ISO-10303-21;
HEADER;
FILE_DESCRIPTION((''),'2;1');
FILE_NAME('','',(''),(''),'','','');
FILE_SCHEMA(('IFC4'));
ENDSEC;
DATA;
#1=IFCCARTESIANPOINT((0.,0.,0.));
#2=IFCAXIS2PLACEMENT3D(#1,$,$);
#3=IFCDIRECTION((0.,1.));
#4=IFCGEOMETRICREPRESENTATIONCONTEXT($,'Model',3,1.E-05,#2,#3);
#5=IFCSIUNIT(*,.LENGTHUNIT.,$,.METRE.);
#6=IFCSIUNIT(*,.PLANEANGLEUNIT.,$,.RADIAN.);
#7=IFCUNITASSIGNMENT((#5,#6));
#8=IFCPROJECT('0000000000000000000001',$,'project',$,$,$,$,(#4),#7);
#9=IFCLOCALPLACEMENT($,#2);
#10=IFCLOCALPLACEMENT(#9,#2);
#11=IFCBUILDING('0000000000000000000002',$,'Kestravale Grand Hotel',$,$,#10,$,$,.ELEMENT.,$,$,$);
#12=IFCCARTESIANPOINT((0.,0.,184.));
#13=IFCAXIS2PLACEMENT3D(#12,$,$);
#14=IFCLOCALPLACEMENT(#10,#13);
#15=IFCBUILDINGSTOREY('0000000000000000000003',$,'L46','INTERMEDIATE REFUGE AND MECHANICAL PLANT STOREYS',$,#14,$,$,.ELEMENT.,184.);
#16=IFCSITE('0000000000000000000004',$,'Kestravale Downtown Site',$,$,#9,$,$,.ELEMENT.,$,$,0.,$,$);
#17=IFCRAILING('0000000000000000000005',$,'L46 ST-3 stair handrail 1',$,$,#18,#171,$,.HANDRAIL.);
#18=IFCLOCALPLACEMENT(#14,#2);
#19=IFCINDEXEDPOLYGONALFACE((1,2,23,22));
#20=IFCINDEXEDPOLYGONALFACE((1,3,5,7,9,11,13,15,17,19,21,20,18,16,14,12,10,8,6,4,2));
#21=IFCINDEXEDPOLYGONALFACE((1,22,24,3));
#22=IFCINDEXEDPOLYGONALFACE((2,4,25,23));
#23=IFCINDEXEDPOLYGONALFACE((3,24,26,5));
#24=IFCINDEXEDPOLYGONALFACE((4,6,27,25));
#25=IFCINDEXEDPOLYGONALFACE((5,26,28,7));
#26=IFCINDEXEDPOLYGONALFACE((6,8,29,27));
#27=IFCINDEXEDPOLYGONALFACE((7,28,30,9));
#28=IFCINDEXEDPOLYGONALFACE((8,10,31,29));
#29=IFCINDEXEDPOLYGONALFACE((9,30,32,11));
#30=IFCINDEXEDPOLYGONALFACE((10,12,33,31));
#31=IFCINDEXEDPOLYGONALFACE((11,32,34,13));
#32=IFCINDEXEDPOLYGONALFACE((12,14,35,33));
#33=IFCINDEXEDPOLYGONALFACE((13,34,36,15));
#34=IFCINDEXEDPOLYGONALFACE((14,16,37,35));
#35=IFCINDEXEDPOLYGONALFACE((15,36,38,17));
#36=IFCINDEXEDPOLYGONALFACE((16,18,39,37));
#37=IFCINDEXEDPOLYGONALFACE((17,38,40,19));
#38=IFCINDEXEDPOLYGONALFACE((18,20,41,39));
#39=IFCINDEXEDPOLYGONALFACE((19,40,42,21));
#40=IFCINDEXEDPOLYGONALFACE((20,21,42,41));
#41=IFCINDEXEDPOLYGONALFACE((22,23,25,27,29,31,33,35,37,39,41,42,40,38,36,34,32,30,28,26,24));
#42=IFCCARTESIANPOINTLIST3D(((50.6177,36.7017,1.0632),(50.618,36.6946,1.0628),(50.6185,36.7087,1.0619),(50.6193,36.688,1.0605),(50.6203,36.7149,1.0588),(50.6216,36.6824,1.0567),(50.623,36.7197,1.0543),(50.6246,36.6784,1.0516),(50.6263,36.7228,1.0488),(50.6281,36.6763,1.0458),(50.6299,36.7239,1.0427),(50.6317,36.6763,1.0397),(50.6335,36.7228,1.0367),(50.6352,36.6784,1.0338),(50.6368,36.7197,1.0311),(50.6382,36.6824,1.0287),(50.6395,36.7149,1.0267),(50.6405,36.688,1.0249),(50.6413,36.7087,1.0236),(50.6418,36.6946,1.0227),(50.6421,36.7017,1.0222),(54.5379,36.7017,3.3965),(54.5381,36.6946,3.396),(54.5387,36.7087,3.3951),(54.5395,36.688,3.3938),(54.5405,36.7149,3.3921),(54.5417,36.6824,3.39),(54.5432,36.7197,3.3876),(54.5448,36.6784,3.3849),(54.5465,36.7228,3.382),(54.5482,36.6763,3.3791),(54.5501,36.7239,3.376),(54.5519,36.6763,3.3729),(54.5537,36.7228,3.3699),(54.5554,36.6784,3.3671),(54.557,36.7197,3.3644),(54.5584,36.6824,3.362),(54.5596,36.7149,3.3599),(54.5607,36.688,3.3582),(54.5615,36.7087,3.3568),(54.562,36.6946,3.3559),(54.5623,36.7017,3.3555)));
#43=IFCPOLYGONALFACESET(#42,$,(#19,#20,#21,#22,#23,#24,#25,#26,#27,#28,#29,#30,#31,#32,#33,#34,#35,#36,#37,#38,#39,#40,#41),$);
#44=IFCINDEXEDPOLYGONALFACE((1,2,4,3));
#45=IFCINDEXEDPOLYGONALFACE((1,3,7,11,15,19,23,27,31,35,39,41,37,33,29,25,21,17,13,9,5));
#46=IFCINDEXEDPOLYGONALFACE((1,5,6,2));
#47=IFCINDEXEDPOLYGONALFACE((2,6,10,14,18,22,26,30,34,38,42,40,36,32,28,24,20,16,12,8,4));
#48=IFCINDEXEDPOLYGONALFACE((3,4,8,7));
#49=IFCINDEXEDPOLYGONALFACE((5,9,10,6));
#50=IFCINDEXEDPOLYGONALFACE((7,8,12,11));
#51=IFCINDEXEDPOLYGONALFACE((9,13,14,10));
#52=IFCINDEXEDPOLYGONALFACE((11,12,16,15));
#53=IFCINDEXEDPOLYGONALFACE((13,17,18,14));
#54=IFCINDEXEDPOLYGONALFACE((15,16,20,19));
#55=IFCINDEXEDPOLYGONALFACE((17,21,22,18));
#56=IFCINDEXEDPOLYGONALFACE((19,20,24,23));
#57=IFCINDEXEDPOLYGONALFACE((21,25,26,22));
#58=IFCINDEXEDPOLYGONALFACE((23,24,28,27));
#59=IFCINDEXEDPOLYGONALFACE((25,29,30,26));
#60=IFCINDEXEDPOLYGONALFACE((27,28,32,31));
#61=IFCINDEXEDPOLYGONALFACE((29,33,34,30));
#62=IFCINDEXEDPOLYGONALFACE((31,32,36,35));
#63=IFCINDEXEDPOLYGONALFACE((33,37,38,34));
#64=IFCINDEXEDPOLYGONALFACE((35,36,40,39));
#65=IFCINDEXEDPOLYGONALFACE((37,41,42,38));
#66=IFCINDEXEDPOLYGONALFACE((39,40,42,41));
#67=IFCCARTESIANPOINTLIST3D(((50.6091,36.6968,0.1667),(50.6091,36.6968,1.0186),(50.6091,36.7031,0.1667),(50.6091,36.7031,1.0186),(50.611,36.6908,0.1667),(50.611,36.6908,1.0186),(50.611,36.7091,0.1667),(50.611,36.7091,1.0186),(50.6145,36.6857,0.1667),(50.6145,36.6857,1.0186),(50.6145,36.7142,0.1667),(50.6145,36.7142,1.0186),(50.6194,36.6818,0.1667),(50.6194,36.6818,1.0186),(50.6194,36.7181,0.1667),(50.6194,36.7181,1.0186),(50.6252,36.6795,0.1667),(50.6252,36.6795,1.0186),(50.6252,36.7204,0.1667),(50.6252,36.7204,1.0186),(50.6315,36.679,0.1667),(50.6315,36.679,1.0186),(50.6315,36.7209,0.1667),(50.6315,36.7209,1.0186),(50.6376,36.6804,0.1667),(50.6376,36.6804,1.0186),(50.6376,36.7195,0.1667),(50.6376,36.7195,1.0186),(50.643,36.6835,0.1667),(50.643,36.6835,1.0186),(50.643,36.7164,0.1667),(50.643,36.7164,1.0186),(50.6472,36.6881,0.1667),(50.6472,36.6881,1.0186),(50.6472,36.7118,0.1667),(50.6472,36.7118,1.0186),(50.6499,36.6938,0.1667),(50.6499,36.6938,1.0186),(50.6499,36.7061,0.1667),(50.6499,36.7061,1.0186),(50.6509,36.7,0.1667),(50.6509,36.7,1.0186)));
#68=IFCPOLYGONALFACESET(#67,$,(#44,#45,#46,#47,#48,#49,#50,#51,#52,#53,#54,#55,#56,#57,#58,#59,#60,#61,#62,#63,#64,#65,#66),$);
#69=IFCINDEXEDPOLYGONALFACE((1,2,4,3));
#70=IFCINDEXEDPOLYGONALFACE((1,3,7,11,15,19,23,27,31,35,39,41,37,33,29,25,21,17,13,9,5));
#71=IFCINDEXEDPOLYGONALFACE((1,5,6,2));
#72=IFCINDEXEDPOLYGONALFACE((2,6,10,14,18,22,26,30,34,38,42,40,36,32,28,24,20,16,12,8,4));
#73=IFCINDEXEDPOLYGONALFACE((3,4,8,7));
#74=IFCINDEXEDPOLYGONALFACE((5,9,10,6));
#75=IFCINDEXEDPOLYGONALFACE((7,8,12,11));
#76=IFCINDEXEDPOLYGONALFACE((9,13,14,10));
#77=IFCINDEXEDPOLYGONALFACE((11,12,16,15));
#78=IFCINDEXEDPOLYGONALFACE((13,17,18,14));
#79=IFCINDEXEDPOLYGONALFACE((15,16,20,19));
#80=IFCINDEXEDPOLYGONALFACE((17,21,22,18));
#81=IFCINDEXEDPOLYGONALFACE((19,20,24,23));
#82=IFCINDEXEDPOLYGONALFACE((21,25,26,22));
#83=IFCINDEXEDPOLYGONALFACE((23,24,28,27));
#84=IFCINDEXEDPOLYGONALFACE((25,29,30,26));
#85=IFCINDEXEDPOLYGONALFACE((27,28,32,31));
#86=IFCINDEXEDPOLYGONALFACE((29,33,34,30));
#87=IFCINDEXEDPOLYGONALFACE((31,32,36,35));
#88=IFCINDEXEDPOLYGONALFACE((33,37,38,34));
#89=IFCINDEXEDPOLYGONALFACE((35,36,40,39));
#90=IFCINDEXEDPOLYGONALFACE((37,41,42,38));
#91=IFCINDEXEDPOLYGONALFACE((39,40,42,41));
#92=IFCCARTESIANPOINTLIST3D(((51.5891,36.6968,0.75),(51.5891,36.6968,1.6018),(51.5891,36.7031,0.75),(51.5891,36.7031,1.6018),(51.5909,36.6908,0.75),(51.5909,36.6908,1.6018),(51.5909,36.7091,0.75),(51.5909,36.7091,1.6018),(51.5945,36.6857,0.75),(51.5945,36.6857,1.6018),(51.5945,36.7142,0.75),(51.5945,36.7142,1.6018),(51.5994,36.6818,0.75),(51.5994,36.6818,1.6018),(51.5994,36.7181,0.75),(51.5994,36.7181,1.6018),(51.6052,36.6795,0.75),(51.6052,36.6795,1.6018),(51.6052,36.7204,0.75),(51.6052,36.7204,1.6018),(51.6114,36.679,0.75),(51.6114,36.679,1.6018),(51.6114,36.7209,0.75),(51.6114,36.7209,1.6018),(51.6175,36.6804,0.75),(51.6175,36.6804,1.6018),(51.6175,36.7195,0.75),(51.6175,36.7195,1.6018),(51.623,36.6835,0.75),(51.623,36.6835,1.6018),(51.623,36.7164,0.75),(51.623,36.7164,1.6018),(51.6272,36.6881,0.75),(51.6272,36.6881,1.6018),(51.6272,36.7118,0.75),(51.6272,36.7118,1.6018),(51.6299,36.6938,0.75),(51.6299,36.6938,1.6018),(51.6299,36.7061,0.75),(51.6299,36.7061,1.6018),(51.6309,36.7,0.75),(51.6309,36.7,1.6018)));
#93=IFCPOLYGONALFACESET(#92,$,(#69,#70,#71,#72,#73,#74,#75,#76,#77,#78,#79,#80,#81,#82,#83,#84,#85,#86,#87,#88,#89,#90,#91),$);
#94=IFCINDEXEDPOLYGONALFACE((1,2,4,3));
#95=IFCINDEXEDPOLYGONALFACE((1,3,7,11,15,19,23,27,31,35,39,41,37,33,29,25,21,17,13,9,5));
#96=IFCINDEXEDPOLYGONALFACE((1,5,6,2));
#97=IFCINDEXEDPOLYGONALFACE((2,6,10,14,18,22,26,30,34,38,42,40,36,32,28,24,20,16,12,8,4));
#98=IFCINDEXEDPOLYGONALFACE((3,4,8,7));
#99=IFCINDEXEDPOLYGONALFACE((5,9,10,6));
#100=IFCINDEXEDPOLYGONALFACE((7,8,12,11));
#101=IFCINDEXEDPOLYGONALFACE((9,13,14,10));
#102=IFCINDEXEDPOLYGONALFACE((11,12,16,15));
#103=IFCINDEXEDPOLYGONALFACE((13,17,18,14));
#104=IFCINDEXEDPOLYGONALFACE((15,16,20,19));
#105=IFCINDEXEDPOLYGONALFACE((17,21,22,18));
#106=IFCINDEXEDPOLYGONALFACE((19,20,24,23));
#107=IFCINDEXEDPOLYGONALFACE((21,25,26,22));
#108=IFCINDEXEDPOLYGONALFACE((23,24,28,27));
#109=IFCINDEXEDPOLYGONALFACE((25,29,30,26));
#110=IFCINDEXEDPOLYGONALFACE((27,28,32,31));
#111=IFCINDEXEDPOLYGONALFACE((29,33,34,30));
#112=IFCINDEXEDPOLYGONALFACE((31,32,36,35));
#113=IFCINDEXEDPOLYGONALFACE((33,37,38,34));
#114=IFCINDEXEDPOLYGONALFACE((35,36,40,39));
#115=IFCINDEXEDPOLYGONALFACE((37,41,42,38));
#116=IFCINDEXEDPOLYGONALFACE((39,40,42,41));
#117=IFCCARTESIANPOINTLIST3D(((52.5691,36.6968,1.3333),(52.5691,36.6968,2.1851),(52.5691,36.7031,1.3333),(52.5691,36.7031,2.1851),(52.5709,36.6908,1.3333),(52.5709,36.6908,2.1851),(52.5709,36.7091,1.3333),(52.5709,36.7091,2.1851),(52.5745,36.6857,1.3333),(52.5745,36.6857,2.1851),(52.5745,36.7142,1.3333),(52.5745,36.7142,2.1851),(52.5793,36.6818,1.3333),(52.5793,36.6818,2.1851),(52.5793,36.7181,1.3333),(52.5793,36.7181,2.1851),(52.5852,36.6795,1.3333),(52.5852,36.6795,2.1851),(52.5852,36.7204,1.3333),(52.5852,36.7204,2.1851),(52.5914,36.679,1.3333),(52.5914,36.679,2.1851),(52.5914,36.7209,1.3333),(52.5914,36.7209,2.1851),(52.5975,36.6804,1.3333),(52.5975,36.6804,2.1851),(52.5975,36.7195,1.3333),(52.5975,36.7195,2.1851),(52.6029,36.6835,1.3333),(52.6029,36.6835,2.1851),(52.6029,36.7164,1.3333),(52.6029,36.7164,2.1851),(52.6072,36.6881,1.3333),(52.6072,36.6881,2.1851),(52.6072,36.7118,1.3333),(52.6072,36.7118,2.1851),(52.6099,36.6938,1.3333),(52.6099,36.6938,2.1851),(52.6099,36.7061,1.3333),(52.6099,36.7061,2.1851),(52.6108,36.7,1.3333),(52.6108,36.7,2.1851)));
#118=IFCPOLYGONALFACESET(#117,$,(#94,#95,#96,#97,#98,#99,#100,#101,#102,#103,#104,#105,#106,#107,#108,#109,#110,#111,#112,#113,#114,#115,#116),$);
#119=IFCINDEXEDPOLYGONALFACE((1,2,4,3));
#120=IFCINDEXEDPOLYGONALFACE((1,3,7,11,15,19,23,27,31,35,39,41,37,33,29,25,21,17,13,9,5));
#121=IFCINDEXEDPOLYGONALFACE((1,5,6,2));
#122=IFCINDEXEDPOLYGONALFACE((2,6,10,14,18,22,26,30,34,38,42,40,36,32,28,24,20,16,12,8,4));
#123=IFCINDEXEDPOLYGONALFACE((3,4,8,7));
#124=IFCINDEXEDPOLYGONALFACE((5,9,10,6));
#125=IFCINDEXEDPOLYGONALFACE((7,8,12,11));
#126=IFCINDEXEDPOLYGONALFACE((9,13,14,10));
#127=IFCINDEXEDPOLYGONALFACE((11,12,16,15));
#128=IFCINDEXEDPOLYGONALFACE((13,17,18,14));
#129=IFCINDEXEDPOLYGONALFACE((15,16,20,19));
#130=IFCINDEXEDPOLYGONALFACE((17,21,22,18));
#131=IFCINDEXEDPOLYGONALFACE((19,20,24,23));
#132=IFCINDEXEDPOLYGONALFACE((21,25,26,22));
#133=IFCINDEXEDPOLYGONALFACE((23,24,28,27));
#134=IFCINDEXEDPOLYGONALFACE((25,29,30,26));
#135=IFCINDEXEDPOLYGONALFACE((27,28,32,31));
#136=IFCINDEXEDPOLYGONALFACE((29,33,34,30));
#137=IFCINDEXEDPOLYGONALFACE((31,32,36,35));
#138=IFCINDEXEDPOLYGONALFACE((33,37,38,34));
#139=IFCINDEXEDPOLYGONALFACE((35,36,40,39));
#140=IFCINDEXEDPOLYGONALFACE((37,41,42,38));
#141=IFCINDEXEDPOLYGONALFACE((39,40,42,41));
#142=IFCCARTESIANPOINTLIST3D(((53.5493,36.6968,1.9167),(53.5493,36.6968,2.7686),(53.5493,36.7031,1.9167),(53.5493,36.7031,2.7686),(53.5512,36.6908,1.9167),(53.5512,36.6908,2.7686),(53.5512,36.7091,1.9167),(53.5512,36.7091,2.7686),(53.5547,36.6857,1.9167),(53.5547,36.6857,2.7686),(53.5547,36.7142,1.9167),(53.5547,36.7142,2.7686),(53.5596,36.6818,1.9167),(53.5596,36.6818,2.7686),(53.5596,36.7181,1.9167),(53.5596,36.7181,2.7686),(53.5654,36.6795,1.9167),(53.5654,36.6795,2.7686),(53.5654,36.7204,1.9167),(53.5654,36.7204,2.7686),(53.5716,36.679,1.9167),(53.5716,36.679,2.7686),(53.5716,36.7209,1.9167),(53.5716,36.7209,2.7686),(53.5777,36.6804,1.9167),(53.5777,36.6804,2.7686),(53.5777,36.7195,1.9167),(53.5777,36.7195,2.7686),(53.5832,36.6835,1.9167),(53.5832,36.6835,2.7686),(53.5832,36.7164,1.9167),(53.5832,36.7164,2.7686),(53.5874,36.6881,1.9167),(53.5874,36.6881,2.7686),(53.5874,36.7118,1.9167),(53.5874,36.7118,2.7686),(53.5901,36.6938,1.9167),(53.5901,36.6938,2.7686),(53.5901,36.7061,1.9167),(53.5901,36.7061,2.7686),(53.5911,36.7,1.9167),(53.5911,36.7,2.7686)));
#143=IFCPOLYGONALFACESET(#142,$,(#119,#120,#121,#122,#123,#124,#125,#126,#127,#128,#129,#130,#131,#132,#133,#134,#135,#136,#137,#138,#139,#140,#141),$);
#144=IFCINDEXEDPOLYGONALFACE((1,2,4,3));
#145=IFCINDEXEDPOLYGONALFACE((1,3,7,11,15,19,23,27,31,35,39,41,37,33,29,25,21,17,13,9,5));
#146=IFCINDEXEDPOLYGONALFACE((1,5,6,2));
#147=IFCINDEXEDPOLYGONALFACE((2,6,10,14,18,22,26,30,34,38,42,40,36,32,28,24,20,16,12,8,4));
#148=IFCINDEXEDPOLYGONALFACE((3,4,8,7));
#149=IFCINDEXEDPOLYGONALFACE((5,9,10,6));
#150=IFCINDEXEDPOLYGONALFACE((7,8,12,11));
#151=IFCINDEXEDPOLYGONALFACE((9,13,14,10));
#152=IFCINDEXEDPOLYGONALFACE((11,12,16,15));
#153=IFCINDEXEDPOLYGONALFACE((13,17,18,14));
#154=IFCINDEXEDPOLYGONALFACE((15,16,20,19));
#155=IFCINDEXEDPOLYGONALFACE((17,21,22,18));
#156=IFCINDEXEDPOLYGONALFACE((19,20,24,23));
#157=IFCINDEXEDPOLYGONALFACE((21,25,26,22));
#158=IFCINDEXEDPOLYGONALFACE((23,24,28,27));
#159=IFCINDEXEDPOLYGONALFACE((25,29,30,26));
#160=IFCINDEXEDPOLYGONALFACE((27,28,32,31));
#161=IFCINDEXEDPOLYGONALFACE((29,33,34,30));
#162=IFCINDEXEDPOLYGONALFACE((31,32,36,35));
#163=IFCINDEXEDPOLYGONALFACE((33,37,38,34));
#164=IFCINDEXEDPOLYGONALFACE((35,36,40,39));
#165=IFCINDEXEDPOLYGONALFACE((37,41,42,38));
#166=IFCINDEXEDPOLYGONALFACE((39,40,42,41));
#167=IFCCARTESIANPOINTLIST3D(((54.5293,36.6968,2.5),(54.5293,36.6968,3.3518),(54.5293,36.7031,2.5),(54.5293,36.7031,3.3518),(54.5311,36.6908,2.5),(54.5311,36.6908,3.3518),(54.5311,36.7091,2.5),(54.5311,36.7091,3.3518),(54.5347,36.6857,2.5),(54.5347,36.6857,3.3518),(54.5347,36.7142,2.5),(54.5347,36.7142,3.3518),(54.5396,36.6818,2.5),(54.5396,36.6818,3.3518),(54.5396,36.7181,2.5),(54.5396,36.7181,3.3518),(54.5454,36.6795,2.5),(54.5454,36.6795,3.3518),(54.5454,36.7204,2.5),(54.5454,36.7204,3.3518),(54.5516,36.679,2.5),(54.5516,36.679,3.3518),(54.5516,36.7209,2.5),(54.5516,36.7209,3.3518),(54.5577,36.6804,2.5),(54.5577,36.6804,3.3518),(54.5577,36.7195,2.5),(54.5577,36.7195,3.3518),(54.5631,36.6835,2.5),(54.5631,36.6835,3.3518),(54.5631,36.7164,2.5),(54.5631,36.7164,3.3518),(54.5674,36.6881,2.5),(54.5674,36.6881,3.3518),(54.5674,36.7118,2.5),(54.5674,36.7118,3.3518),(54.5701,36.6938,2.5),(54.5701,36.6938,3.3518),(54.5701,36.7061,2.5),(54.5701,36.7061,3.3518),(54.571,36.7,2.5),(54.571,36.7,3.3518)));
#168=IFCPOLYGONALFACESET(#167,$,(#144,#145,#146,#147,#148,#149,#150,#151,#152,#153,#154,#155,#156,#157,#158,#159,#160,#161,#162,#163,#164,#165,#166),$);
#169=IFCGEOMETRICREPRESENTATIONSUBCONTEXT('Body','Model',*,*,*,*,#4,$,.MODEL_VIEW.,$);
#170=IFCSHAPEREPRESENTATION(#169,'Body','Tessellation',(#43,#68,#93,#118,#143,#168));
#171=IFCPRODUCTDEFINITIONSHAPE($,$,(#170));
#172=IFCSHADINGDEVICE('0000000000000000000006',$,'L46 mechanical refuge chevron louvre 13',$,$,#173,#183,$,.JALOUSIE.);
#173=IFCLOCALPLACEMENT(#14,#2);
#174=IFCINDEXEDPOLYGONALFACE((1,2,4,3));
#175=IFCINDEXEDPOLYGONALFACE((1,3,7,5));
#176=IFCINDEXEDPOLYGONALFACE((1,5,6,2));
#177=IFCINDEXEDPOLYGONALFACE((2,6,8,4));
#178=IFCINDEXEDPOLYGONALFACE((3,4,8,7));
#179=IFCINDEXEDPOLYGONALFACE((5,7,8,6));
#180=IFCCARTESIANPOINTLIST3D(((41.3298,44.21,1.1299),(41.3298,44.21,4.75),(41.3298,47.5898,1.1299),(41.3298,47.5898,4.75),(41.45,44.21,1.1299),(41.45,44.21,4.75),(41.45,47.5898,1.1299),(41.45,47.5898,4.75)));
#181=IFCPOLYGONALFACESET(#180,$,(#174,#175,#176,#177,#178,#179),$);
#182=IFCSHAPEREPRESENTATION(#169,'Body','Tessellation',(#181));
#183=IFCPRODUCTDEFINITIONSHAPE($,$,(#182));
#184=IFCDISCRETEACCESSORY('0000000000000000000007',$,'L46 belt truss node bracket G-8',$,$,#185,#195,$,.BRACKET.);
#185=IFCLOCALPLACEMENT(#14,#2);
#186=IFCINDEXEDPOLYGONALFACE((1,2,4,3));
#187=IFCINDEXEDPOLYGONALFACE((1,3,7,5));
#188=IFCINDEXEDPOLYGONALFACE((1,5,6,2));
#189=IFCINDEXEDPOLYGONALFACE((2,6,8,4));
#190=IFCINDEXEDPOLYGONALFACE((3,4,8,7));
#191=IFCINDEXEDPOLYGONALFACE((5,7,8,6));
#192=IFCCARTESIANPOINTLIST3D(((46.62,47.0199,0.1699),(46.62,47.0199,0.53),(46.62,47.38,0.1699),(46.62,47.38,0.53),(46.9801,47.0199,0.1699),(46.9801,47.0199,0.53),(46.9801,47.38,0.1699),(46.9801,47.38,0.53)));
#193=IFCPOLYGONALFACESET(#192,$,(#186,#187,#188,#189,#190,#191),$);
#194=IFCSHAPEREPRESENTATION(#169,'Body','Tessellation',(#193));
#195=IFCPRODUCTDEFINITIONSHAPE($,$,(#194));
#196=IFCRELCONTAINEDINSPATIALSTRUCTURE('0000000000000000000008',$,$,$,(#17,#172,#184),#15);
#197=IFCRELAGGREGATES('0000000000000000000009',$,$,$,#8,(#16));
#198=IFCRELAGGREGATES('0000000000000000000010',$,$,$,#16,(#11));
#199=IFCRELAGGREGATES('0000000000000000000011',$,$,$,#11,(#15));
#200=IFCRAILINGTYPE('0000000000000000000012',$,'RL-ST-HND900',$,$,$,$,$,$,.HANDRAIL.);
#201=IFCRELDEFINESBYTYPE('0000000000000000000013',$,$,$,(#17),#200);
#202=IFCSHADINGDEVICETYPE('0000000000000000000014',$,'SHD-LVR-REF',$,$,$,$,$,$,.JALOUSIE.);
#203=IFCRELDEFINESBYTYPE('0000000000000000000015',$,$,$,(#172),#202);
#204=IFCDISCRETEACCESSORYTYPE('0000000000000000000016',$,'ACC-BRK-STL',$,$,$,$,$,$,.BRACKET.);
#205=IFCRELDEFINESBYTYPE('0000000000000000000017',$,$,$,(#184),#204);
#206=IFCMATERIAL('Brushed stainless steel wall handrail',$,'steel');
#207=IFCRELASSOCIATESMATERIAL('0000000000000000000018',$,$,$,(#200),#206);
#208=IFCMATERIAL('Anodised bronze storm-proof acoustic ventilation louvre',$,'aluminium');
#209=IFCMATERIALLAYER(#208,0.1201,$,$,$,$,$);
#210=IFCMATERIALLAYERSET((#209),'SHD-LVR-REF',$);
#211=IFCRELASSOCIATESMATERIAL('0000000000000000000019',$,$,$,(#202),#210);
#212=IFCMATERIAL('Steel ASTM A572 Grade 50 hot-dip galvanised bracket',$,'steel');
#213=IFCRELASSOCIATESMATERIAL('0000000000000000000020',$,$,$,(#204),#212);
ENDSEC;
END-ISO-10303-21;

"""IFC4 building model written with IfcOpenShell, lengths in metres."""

from ifc_helpers import new_model, si_unit, direction, frame, origin, origin_2d, place, context, subcontext, project, spatial, rectangle, circle, extrude, material, layer, layer_set, type_object, element, save


model = new_model("IFC4")

# Units and contexts
model_context = context("Model", 3, precision=1e-05, world=origin(), true_north=direction((0.0, 1.0)))
body_context = subcontext(model_context, "Body", "Model", "MODEL_VIEW")
ifc_project = project(units=[si_unit("LENGTHUNIT", "METRE"), si_unit("PLANEANGLEUNIT", "RADIAN")], contexts=[model_context])

# Site, building, storey
site_placement = place(None, origin())
site = spatial("IfcSite", under=ifc_project, at=site_placement, Name="Kestravale Downtown Site", CompositionType="ELEMENT", RefElevation=0.0)
building_placement = place(site_placement, origin())
building = spatial("IfcBuilding", under=site, at=building_placement, Name="Kestravale Grand Hotel", CompositionType="ELEMENT")
storey_placement = place(building_placement, frame((0.0, 0.0, 184.0)))
storey = spatial("IfcBuildingStorey", under=building, at=storey_placement, Name="L46", Description="INTERMEDIATE REFUGE AND MECHANICAL PLANT STOREYS", CompositionType="ELEMENT", Elevation=184.0)

# Railing
ifc_material_1 = material(Name="Brushed stainless steel wall handrail", Category="steel")
railing_type_1 = type_object("IfcRailingType", Name="RL-ST-HND900", PredefinedType="HANDRAIL", material=ifc_material_1)
railing_1_placement = place(storey_placement, frame((50.6299, 36.7, 0.1667)))
element("IfcRailing", 1, at=railing_1_placement, inside=storey, type_object=railing_type_1, Name="L46 ST-3 stair handrail 1", PredefinedType="HANDRAIL", context=body_context, shape_type="SweptSolid", body=[
    extrude(circle(Radius=0.0239, at=origin_2d()), frame((0.0, 0.0, 0.876), z_axis=(0.85931, 0.0, 0.511455), x_axis=(0.0, 1.0, 0.0)), (0.0, 0.0, 1.0), 4.562),
    extrude(circle(Radius=0.021, at=origin_2d()), origin(), (0.0, 0.0, 1.0), 0.8518),
    extrude(circle(Radius=0.021, at=origin_2d()), frame((0.98, 0.0, 0.5833)), (0.0, 0.0, 1.0), 0.8518),
    extrude(circle(Radius=0.021, at=origin_2d()), frame((1.96, 0.0, 1.1665)), (0.0, 0.0, 1.0), 0.8518),
    extrude(circle(Radius=0.021, at=origin_2d()), frame((2.9402, 0.0, 1.75)), (0.0, 0.0, 1.0), 0.8518),
    extrude(circle(Radius=0.021, at=origin_2d()), frame((3.9202, 0.0, 2.3333)), (0.0, 0.0, 1.0), 0.8518),
])

# Shading device
ifc_material_2 = material(Name="Anodised bronze storm-proof acoustic ventilation louvre", Category="aluminium")
ifc_layer_1 = layer(ifc_material_2, 0.1201)
ifc_layer_set_1 = layer_set([ifc_layer_1], Name="SHD-LVR-REF")
shading_device_type = type_object("IfcShadingDeviceType", Name="SHD-LVR-REF", PredefinedType="JALOUSIE", material=ifc_layer_set_1)
shading_device_placement = place(storey_placement, frame((41.3899, 45.8999, 1.1299), z_axis=(0.0, 0.0, 1.0), x_axis=(0.0, -1.0, 0.0)))
element("IfcShadingDevice", 2, at=shading_device_placement, inside=storey, type_object=shading_device_type, Name="L46 mechanical refuge chevron louvre 13", PredefinedType="JALOUSIE", context=body_context, shape_type="SweptSolid", body=[
    extrude(rectangle(XDim=3.3799, YDim=0.1201, at=origin_2d()), origin(), (0.0, 0.0, 1.0), 3.6201),
])

# Discrete accessory
ifc_material_3 = material(Name="Steel ASTM A572 Grade 50 hot-dip galvanised bracket", Category="steel")
discrete_accessory_type = type_object("IfcDiscreteAccessoryType", Name="ACC-BRK-STL", PredefinedType="BRACKET", material=ifc_material_3)
discrete_accessory_placement = place(storey_placement, frame((46.8, 47.2, 0.1699), z_axis=(0.0, 0.0, 1.0), x_axis=(1.0, 0.0, 0.0)))
element("IfcDiscreteAccessory", 3, at=discrete_accessory_placement, inside=storey, type_object=discrete_accessory_type, Name="L46 belt truss node bracket G-8", PredefinedType="BRACKET", context=body_context, shape_type="SweptSolid", body=[
    extrude(rectangle(XDim=0.3601, YDim=0.3601, at=origin_2d()), origin(), (0.0, 0.0, 1.0), 0.3601),
])

save(model, "model.ifc")
